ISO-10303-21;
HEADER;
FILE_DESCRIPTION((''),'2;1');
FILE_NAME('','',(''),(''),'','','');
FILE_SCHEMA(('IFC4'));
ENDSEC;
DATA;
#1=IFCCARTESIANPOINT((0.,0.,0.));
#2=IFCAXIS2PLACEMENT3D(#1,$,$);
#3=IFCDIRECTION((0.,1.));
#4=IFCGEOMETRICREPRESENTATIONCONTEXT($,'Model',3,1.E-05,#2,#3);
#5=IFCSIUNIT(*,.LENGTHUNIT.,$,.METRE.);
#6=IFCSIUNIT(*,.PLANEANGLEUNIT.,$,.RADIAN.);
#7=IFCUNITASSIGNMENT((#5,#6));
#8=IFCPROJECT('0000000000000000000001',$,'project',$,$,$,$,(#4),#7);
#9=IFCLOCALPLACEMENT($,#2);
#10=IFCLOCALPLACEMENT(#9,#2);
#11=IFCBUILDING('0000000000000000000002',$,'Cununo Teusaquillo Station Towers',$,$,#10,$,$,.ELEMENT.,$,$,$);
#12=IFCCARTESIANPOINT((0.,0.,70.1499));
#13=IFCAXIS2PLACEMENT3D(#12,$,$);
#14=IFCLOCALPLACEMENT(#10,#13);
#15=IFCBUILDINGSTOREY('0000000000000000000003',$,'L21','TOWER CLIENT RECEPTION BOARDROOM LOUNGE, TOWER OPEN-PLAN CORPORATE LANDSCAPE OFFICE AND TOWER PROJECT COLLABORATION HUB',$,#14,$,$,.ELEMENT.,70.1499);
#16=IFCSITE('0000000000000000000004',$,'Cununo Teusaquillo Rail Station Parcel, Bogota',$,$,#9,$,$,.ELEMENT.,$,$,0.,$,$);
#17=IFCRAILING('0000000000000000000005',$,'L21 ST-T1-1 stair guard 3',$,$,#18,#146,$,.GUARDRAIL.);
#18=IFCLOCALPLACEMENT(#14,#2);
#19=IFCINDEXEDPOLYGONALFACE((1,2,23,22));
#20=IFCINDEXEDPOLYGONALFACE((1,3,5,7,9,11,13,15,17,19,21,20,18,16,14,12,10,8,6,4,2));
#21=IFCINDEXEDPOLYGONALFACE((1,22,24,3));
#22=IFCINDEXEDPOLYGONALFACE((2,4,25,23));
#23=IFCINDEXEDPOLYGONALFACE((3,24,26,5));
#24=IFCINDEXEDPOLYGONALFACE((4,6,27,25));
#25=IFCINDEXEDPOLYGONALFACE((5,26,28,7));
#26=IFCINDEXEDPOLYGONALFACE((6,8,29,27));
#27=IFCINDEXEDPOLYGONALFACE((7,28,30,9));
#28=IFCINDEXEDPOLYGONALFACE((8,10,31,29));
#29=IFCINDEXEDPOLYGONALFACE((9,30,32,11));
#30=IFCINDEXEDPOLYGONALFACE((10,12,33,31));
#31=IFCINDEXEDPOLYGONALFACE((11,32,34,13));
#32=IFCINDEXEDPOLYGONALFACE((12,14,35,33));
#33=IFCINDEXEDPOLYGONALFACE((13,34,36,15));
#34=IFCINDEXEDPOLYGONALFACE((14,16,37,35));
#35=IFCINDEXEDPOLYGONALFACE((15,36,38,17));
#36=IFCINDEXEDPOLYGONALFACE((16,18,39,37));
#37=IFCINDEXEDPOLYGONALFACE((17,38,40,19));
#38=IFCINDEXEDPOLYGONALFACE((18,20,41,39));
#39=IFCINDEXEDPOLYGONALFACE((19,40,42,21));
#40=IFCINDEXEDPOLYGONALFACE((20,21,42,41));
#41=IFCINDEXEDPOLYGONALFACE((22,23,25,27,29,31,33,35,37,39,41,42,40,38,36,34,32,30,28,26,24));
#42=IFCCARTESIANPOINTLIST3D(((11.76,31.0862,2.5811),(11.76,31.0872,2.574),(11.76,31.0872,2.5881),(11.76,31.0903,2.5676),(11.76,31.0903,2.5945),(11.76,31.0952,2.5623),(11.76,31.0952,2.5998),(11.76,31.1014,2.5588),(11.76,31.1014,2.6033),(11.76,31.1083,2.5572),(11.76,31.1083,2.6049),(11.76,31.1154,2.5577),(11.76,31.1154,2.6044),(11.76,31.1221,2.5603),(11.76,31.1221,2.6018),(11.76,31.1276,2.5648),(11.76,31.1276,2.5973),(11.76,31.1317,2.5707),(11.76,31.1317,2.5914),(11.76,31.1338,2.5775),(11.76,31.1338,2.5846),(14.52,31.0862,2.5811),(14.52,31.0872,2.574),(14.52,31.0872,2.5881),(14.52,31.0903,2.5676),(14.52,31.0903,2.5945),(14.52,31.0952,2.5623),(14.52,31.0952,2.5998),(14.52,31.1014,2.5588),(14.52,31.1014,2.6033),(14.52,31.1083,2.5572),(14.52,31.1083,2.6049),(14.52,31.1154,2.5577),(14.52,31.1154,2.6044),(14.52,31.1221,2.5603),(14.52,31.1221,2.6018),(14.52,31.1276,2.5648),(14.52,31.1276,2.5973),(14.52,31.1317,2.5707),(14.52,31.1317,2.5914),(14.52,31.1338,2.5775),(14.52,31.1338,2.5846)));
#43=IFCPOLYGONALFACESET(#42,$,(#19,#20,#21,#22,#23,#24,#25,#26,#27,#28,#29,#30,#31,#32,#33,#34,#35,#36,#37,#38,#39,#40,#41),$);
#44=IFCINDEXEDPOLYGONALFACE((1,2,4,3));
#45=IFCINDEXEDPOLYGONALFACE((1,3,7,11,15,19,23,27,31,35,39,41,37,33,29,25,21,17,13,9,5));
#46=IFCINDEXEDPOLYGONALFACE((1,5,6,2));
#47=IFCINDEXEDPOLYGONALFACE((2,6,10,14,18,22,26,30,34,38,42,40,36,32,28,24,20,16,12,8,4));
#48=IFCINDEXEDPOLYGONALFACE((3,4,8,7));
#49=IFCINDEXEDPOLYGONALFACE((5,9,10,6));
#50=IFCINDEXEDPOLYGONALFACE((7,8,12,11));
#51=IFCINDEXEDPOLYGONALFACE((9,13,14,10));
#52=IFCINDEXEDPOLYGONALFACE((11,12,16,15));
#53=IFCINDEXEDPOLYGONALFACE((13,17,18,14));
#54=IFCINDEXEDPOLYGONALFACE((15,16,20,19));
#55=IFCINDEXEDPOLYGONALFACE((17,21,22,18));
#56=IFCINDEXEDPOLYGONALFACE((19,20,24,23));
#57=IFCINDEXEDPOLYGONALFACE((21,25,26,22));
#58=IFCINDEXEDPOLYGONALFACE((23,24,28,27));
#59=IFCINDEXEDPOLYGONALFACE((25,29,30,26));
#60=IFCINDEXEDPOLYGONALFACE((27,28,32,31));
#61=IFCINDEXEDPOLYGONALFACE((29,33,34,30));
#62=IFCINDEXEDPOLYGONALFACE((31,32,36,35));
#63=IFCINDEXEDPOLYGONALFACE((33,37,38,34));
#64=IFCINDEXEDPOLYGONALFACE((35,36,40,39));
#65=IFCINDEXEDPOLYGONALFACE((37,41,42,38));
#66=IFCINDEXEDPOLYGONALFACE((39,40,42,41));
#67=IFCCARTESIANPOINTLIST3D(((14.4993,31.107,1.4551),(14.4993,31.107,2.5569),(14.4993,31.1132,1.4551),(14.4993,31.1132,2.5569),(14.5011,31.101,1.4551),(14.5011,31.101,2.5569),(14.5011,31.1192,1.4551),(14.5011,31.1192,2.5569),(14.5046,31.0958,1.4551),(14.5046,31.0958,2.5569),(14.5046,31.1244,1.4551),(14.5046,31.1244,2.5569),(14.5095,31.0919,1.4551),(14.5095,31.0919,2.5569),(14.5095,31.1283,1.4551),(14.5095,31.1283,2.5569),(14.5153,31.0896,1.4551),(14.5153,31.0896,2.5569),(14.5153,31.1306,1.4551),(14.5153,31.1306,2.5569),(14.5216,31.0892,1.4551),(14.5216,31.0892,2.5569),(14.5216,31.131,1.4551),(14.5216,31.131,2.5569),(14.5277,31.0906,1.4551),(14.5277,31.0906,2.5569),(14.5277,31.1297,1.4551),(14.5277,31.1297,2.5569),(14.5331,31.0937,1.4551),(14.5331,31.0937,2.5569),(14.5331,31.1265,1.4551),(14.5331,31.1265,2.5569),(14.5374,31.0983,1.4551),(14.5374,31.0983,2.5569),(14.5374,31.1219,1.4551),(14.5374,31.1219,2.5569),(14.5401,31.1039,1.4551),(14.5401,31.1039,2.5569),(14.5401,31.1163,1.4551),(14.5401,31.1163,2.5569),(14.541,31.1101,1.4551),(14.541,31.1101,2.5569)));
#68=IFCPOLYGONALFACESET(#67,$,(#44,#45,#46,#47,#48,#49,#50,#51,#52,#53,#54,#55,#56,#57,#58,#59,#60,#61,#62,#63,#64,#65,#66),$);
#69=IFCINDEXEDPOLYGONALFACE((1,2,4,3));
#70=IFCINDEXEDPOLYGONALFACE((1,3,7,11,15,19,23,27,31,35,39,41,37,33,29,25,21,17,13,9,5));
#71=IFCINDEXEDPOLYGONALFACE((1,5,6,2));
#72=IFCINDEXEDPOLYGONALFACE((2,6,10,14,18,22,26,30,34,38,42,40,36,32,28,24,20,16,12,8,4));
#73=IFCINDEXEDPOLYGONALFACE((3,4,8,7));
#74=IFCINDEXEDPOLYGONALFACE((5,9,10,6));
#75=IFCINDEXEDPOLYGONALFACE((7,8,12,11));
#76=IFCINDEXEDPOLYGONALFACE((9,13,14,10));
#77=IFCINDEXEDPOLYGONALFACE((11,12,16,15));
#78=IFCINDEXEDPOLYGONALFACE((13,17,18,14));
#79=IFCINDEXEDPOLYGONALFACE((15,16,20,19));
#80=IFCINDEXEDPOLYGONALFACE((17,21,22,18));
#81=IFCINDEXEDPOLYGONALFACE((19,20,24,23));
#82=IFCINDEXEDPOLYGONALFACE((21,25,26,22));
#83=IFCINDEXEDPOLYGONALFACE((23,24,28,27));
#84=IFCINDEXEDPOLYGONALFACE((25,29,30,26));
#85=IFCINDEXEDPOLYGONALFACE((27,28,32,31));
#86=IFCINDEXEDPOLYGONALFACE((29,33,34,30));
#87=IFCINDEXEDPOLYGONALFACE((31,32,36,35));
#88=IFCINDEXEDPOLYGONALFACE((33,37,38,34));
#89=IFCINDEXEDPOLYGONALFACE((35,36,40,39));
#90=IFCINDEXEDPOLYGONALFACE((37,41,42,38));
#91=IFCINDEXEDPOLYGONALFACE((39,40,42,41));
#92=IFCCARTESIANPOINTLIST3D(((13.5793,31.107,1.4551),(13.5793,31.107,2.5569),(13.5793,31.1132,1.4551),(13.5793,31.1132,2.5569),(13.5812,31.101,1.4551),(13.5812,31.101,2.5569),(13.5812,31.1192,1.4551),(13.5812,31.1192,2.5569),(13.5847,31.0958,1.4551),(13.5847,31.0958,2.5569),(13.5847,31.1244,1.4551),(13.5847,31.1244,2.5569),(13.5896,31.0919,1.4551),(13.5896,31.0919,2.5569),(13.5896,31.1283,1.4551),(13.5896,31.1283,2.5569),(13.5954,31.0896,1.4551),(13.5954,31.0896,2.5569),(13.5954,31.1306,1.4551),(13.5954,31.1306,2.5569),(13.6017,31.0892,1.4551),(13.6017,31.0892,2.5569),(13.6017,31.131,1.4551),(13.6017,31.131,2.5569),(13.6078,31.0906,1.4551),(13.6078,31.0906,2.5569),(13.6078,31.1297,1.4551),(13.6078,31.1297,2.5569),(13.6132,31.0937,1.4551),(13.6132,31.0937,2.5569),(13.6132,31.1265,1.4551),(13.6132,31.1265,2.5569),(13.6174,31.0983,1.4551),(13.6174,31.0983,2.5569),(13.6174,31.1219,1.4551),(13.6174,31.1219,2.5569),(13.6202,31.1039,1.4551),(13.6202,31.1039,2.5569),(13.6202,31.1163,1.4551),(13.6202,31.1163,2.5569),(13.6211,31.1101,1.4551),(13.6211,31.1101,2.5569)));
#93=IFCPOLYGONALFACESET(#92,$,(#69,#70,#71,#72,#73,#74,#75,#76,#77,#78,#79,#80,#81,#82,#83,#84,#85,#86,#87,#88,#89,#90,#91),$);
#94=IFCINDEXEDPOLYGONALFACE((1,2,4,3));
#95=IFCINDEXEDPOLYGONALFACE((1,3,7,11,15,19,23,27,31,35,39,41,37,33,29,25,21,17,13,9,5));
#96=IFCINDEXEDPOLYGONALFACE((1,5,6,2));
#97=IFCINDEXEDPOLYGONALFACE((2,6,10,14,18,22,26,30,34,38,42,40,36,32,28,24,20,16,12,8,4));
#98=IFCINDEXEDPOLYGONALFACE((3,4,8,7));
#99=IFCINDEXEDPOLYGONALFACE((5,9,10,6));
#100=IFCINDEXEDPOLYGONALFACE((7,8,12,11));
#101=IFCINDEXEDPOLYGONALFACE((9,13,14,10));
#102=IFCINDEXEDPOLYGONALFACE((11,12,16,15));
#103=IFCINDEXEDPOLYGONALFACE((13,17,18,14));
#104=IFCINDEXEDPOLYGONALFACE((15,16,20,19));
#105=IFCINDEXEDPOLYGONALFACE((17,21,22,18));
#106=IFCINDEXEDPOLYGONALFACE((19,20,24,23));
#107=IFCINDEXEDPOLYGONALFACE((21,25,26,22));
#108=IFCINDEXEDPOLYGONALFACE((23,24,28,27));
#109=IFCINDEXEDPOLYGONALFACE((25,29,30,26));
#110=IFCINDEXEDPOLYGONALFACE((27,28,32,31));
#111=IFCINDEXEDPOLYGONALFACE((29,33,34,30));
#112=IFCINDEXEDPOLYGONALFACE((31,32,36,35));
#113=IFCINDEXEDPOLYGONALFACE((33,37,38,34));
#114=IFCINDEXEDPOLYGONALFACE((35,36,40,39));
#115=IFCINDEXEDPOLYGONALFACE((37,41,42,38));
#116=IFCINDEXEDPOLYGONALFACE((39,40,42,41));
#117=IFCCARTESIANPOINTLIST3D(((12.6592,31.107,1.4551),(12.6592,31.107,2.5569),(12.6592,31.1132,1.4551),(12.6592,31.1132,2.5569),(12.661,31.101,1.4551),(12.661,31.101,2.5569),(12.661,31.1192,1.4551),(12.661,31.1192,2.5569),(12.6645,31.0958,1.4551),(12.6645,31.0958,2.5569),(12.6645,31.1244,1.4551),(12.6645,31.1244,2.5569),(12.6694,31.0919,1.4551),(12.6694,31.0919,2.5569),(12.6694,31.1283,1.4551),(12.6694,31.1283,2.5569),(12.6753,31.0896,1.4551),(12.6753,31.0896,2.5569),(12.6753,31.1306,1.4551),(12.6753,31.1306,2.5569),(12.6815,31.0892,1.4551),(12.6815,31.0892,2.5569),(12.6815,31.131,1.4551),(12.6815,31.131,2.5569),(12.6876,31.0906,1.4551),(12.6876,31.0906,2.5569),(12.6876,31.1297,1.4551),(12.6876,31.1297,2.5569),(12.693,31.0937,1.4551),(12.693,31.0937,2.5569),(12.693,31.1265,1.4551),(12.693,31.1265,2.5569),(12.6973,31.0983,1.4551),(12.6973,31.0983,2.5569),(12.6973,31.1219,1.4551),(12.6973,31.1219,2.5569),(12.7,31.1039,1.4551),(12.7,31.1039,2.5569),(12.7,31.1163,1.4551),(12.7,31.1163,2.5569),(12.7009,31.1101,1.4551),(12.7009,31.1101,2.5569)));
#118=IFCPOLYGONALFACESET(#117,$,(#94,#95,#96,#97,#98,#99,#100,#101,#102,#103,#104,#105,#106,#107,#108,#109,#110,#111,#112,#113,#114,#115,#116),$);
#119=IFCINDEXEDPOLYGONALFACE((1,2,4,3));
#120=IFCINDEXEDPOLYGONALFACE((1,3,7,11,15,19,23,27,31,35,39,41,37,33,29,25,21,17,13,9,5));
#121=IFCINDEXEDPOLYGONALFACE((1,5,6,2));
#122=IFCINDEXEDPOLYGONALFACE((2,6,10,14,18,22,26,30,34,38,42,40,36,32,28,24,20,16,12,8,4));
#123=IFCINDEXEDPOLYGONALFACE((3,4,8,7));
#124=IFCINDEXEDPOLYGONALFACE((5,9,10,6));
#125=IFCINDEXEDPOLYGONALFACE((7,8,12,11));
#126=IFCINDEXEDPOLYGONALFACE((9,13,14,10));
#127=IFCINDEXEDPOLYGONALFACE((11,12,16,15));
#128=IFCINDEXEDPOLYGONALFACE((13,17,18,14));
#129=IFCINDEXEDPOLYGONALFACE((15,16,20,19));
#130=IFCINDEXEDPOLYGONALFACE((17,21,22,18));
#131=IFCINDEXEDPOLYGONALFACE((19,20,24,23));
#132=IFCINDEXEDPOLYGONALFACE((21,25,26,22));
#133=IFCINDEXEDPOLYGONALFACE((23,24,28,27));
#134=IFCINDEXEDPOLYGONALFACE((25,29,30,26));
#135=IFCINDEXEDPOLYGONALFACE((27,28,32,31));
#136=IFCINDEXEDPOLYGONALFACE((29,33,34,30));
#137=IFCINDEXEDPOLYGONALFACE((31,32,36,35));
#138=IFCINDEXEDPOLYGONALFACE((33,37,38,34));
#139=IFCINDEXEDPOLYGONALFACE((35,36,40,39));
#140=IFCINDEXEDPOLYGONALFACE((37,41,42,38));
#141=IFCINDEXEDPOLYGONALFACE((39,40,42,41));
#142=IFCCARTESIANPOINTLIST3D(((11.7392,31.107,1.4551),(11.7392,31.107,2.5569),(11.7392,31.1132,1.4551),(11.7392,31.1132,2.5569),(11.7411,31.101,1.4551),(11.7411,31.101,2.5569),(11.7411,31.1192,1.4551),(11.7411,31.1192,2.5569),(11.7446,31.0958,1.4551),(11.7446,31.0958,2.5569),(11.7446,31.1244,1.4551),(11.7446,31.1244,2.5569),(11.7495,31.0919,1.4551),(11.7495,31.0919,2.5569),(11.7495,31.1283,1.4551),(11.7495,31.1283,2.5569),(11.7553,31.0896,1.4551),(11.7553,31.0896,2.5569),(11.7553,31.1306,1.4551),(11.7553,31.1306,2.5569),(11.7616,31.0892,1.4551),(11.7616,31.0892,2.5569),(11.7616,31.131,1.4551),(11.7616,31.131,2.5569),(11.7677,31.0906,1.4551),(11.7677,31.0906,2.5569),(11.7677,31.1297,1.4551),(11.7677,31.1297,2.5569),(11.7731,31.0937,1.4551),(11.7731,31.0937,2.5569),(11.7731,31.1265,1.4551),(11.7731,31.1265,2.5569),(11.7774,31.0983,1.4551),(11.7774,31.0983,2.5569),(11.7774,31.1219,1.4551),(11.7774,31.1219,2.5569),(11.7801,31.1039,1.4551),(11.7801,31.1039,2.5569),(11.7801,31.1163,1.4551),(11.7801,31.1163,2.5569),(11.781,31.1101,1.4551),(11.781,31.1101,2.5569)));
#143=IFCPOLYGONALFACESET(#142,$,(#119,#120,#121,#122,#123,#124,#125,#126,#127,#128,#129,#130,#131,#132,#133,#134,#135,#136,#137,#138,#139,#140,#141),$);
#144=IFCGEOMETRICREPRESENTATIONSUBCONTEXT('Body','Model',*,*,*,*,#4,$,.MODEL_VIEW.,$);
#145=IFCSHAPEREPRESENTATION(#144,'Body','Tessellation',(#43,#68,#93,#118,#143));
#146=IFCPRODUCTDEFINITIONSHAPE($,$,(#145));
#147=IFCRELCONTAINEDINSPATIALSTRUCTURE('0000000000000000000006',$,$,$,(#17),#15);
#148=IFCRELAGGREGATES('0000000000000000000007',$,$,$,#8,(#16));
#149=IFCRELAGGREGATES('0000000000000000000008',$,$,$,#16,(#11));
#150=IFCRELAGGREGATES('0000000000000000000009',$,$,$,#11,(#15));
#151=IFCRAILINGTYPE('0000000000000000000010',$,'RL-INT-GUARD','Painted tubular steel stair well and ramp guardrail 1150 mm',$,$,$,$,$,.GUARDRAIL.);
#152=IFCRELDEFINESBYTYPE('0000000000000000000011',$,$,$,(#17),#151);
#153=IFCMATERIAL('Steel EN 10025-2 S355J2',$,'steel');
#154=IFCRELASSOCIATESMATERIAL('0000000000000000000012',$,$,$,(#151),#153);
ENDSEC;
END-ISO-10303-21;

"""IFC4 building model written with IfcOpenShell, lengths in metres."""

from ifc_helpers import new_model, si_unit, direction, frame, origin, origin_2d, place, context, subcontext, project, spatial, circle, extrude, material, type_object, element, save


model = new_model("IFC4")

# Units and contexts
model_context = context("Model", 3, precision=1e-05, world=origin(), true_north=direction((0.0, 1.0)))
body_context = subcontext(model_context, "Body", "Model", "MODEL_VIEW")
ifc_project = project(units=[si_unit("LENGTHUNIT", "METRE"), si_unit("PLANEANGLEUNIT", "RADIAN")], contexts=[model_context])

# Site, building, storey
site_placement = place(None, origin())
site = spatial("IfcSite", under=ifc_project, at=site_placement, Name="Cununo Teusaquillo Rail Station Parcel, Bogota", CompositionType="ELEMENT", RefElevation=0.0)
building_placement = place(site_placement, origin())
building = spatial("IfcBuilding", under=site, at=building_placement, Name="Cununo Teusaquillo Station Towers", CompositionType="ELEMENT")
storey_placement = place(building_placement, frame((0.0, 0.0, 70.1499)))
storey = spatial("IfcBuildingStorey", under=building, at=storey_placement, Name="L21", Description="TOWER CLIENT RECEPTION BOARDROOM LOUNGE, TOWER OPEN-PLAN CORPORATE LANDSCAPE OFFICE AND TOWER PROJECT COLLABORATION HUB", CompositionType="ELEMENT", Elevation=70.1499)

# Railing
ifc_material_1 = material(Name="Steel EN 10025-2 S355J2", Category="steel")
railing_type_1 = type_object("IfcRailingType", Name="RL-INT-GUARD", Description="Painted tubular steel stair well and ramp guardrail 1150 mm", PredefinedType="GUARDRAIL", material=ifc_material_1)
railing_1_placement = place(storey_placement, frame((14.52, 31.1101, 1.4551)))
element("IfcRailing", 1, at=railing_1_placement, inside=storey, type_object=railing_type_1, Name="L21 ST-T1-1 stair guard 3", PredefinedType="GUARDRAIL", context=body_context, shape_type="SweptSolid", body=[
    extrude(circle(Radius=0.0239, at=origin_2d()), frame((0.0, 0.0, 1.126), z_axis=(-1.0, 0.0, 0.0), x_axis=(0.0, -1.0, 0.0)), (0.0, 0.0, 1.0), 2.76),
    extrude(circle(Radius=0.021, at=origin_2d()), origin(), (0.0, 0.0, 1.0), 1.1018),
    extrude(circle(Radius=0.021, at=origin_2d()), frame((-0.9199, 0.0, 0.0)), (0.0, 0.0, 1.0), 1.1018),
    extrude(circle(Radius=0.021, at=origin_2d()), frame((-1.8401, 0.0, 0.0)), (0.0, 0.0, 1.0), 1.1018),
    extrude(circle(Radius=0.021, at=origin_2d()), frame((-2.76, 0.0, 0.0)), (0.0, 0.0, 1.0), 1.1018),
])

save(model, "model.ifc")
